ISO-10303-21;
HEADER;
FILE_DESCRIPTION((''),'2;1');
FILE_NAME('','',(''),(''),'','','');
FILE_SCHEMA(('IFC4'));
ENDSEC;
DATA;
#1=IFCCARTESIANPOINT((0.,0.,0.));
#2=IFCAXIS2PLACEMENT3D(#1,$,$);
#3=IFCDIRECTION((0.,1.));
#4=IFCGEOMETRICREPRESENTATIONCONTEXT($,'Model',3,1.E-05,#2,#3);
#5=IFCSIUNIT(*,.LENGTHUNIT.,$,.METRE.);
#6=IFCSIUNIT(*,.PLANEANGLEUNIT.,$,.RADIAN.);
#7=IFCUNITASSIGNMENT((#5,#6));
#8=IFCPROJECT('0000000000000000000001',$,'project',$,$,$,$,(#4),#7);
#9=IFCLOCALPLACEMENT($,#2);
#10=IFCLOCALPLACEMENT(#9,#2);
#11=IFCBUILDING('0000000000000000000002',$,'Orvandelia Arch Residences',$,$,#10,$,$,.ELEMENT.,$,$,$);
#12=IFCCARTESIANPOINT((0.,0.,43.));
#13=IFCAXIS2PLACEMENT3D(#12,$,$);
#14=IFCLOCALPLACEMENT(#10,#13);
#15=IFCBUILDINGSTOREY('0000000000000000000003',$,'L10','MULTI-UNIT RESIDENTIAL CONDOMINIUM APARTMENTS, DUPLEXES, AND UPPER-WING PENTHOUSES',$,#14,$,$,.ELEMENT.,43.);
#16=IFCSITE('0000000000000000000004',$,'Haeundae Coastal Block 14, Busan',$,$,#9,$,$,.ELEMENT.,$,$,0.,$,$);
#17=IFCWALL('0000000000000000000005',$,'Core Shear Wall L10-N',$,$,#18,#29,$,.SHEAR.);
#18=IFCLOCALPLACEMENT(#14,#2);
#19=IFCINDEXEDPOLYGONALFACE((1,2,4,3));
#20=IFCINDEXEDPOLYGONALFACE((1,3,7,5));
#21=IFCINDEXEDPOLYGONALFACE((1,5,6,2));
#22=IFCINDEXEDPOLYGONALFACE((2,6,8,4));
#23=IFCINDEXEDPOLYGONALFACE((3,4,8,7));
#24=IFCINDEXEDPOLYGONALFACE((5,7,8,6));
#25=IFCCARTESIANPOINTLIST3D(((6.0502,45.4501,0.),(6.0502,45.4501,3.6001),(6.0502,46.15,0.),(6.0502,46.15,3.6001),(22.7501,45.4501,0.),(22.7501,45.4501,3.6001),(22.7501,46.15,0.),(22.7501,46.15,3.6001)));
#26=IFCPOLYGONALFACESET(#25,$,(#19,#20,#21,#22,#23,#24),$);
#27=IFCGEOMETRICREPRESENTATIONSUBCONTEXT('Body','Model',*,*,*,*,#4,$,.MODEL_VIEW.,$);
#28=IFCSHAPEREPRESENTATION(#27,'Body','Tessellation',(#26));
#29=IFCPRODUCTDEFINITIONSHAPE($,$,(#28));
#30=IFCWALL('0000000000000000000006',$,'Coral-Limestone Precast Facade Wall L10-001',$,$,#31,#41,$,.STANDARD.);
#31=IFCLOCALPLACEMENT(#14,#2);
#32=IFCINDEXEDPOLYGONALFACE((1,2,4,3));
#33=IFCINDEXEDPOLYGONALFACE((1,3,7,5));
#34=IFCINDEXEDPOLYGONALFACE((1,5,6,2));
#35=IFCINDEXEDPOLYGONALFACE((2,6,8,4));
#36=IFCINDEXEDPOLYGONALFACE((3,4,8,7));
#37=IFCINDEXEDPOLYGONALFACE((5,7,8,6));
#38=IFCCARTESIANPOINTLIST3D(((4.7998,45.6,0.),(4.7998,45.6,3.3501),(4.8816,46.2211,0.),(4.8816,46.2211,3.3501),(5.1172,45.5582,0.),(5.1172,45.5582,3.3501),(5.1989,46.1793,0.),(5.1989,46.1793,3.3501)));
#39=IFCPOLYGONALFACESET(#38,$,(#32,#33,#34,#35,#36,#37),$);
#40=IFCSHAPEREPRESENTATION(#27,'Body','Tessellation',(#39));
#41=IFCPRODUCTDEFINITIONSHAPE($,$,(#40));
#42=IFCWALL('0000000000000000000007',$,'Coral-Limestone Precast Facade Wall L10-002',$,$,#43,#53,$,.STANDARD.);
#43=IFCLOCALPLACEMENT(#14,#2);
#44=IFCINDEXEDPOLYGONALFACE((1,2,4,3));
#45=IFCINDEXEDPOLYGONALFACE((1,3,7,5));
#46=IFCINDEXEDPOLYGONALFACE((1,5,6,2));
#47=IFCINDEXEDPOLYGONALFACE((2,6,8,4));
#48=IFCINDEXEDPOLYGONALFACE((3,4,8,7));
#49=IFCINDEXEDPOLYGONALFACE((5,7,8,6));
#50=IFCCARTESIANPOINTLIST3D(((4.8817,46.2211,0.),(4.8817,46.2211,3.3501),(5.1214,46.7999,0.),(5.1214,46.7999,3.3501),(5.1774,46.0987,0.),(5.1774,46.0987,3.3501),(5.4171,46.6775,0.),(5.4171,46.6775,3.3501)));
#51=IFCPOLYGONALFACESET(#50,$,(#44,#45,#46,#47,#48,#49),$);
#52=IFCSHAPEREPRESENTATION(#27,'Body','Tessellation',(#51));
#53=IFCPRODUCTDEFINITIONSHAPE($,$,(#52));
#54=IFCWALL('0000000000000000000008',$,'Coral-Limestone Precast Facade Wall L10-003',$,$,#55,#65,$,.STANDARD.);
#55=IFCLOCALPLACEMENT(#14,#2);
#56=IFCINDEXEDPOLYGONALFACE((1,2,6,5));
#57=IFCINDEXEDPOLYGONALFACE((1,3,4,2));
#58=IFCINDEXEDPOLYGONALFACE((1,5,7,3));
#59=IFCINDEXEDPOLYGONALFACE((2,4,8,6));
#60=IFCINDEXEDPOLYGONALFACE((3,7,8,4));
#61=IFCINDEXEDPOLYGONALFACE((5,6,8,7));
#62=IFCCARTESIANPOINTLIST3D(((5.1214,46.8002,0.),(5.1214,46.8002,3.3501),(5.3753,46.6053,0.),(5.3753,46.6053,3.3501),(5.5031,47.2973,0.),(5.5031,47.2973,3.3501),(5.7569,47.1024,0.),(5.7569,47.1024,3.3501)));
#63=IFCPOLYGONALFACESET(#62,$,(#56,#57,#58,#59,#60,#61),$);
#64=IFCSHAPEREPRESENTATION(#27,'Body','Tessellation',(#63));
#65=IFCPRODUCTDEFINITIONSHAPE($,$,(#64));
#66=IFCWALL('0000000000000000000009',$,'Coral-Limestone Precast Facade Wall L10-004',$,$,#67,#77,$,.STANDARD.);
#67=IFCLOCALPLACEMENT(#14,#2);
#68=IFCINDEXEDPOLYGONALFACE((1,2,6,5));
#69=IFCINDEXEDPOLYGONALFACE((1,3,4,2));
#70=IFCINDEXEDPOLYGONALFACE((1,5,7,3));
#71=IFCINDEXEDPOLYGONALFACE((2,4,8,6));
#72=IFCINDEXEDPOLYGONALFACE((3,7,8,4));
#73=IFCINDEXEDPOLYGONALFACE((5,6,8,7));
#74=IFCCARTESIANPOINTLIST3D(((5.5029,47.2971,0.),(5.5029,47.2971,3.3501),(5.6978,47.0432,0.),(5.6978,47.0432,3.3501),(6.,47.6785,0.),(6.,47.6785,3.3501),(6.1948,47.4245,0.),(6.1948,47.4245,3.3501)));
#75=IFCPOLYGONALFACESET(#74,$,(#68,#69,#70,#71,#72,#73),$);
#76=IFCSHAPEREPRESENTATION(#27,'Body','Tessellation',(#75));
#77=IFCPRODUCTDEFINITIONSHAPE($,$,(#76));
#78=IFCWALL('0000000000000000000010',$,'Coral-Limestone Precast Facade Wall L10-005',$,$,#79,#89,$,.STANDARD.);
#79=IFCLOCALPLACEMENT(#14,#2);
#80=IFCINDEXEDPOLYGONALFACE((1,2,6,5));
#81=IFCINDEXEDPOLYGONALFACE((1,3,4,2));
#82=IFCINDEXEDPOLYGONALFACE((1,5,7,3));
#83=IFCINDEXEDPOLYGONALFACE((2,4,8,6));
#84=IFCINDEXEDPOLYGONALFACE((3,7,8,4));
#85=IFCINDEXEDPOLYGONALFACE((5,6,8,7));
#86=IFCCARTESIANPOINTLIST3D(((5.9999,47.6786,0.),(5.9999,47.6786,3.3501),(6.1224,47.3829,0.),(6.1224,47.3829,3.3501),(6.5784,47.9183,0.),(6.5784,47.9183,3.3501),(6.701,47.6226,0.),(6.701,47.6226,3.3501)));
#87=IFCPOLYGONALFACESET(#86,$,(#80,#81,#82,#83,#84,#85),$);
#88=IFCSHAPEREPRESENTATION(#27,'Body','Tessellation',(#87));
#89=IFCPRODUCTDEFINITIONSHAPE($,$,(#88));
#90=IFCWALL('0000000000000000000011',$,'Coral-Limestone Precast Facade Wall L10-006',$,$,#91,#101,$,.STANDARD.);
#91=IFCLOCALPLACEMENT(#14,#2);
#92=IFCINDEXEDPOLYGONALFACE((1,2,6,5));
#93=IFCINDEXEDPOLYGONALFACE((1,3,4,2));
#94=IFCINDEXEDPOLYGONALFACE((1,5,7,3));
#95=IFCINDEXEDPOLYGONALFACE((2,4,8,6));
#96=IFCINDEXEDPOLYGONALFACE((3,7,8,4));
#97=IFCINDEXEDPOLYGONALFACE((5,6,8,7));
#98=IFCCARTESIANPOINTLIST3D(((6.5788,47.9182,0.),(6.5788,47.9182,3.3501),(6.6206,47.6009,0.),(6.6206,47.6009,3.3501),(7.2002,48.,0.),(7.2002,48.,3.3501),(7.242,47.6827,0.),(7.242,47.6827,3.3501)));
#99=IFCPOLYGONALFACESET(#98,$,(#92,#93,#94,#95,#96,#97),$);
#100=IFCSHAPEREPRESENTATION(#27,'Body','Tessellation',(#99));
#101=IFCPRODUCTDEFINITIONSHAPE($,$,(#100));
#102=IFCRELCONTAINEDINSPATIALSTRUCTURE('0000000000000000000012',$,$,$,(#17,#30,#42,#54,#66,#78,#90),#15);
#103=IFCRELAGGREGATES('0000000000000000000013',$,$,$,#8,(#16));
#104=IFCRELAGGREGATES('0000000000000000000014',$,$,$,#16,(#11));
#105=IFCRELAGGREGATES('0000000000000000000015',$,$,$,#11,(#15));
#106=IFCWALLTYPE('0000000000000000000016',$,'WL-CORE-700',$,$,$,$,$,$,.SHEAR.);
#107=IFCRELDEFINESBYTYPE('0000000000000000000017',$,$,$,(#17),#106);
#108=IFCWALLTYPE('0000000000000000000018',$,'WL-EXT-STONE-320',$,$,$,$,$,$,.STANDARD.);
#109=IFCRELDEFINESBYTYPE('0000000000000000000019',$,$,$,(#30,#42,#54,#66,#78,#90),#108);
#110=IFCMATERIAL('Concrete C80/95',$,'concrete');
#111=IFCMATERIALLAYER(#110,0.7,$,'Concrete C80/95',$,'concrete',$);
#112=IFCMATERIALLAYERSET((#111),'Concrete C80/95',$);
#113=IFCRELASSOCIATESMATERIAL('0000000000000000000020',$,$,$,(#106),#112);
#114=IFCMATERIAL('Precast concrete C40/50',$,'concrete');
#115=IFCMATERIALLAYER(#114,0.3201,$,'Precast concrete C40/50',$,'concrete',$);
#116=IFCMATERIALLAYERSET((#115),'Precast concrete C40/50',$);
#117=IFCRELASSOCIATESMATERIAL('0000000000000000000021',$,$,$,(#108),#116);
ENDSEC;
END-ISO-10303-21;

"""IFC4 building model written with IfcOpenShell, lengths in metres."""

from ifc_helpers import new_model, si_unit, direction, frame, frame_2d, origin, place, context, subcontext, project, spatial, rectangle, extrude, material, layer, layer_set, type_object, element, save


model = new_model("IFC4")

# Units and contexts
model_context = context("Model", 3, precision=1e-05, world=origin(), true_north=direction((0.0, 1.0)))
body_context = subcontext(model_context, "Body", "Model", "MODEL_VIEW")
ifc_project = project(units=[si_unit("LENGTHUNIT", "METRE"), si_unit("PLANEANGLEUNIT", "RADIAN")], contexts=[model_context])

# Site, building, storey
site_placement = place(None, origin())
site = spatial("IfcSite", under=ifc_project, at=site_placement, Name="Haeundae Coastal Block 14, Busan", CompositionType="ELEMENT", RefElevation=0.0)
building_placement = place(site_placement, origin())
building = spatial("IfcBuilding", under=site, at=building_placement, Name="Orvandelia Arch Residences", CompositionType="ELEMENT")
storey_placement = place(building_placement, frame((0.0, 0.0, 43.0)))
storey = spatial("IfcBuildingStorey", under=building, at=storey_placement, Name="L10", Description="MULTI-UNIT RESIDENTIAL CONDOMINIUM APARTMENTS, DUPLEXES, AND UPPER-WING PENTHOUSES", CompositionType="ELEMENT", Elevation=43.0)

# Shared definitions
ifc_material_1 = material(Name="Concrete C80/95", Category="concrete")

# Walls
ifc_layer_1 = layer(ifc_material_1, 0.7, Name="Concrete C80/95", Category="concrete")
ifc_layer_set_1 = layer_set([ifc_layer_1], Name="Concrete C80/95")
wall_type_1 = type_object("IfcWallType", Name="WL-CORE-700", PredefinedType="SHEAR", material=ifc_layer_set_1)
wall_1_placement = place(storey_placement, frame((6.05, 45.8, 0.0), z_axis=(0.0, 0.0, 1.0), x_axis=(1.0, 0.0, 0.0)))
element("IfcWall", 1, at=wall_1_placement, inside=storey, type_object=wall_type_1, Name="Core Shear Wall L10-N", PredefinedType="SHEAR", context=body_context, shape_type="SweptSolid", body=[
    extrude(rectangle(XDim=16.7, YDim=0.7, at=frame_2d((8.3501, 0.0))), origin(), (0.0, 0.0, 1.0), 3.6001),
])
ifc_material_2 = material(Name="Precast concrete C40/50", Category="concrete")
ifc_layer_2 = layer(ifc_material_2, 0.3201, Name="Precast concrete C40/50", Category="concrete")
ifc_layer_set_2 = layer_set([ifc_layer_2], Name="Precast concrete C40/50")
wall_type_2 = type_object("IfcWallType", Name="WL-EXT-STONE-320", PredefinedType="STANDARD", material=ifc_layer_set_2)
for number, where, z_axis, x_axis, name in (
    (2, (4.9585, 45.5791, 0.0), (0.0, 0.0, 1.0), (0.130555, 0.991441, 0.0), "Coral-Limestone Precast Facade Wall L10-001"),
    (3, (5.0295, 46.1599, 0.0), (0.0, 0.0, 1.0), (0.38265, 0.923893, 0.0), "Coral-Limestone Precast Facade Wall L10-002"),
):
    element("IfcWall", number, at=place(storey_placement, frame(where, z_axis=z_axis, x_axis=x_axis)), inside=storey, type_object=wall_type_2, Name=name, PredefinedType="STANDARD", context=body_context, shape_type="SweptSolid", body=[
        extrude(rectangle(XDim=0.6265, YDim=0.3201, at=frame_2d((0.3132, 0.0))), origin(), (0.0, 0.0, 1.0), 3.3501),
    ])
wall_2_placement = place(storey_placement, frame((5.2483, 46.7026, 0.0), z_axis=(0.0, 0.0, 1.0), x_axis=(0.608939, 0.793217, 0.0)))
element("IfcWall", 4, at=wall_2_placement, inside=storey, type_object=wall_type_2, Name="Coral-Limestone Precast Facade Wall L10-003", PredefinedType="STANDARD", context=body_context, shape_type="SweptSolid", body=[
    extrude(rectangle(XDim=0.6267, YDim=0.3201, at=frame_2d((0.3135, 0.0))), origin(), (0.0, 0.0, 1.0), 3.3501),
])
wall_3_placement = place(storey_placement, frame((5.6003, 47.1702, 0.0), z_axis=(0.0, 0.0, 1.0), x_axis=(0.793406, 0.608693, 0.0)))
element("IfcWall", 5, at=wall_3_placement, inside=storey, type_object=wall_type_2, Name="Coral-Limestone Precast Facade Wall L10-004", PredefinedType="STANDARD", context=body_context, shape_type="SweptSolid", body=[
    extrude(rectangle(XDim=0.6265, YDim=0.3201, at=frame_2d((0.3132, 0.0))), origin(), (0.0, 0.0, 1.0), 3.3501),
])
wall_4_placement = place(storey_placement, frame((6.0613, 47.5308, 0.0), z_axis=(0.0, 0.0, 1.0), x_axis=(0.923836, 0.382788, 0.0)))
element("IfcWall", 6, at=wall_4_placement, inside=storey, type_object=wall_type_2, Name="Coral-Limestone Precast Facade Wall L10-005", PredefinedType="STANDARD", context=body_context, shape_type="SweptSolid", body=[
    extrude(rectangle(XDim=0.6262, YDim=0.3201, at=frame_2d((0.313, 0.0))), origin(), (0.0, 0.0, 1.0), 3.3501),
])
wall_5_placement = place(storey_placement, frame((6.5996, 47.7595, 0.0), z_axis=(0.0, 0.0, 1.0), x_axis=(0.991448, 0.130505, 0.0)))
element("IfcWall", 7, at=wall_5_placement, inside=storey, type_object=wall_type_2, Name="Coral-Limestone Precast Facade Wall L10-006", PredefinedType="STANDARD", context=body_context, shape_type="SweptSolid", body=[
    extrude(rectangle(XDim=0.6267, YDim=0.3201, at=frame_2d((0.3135, 0.0))), origin(), (0.0, 0.0, 1.0), 3.3501),
])

save(model, "model.ifc")
